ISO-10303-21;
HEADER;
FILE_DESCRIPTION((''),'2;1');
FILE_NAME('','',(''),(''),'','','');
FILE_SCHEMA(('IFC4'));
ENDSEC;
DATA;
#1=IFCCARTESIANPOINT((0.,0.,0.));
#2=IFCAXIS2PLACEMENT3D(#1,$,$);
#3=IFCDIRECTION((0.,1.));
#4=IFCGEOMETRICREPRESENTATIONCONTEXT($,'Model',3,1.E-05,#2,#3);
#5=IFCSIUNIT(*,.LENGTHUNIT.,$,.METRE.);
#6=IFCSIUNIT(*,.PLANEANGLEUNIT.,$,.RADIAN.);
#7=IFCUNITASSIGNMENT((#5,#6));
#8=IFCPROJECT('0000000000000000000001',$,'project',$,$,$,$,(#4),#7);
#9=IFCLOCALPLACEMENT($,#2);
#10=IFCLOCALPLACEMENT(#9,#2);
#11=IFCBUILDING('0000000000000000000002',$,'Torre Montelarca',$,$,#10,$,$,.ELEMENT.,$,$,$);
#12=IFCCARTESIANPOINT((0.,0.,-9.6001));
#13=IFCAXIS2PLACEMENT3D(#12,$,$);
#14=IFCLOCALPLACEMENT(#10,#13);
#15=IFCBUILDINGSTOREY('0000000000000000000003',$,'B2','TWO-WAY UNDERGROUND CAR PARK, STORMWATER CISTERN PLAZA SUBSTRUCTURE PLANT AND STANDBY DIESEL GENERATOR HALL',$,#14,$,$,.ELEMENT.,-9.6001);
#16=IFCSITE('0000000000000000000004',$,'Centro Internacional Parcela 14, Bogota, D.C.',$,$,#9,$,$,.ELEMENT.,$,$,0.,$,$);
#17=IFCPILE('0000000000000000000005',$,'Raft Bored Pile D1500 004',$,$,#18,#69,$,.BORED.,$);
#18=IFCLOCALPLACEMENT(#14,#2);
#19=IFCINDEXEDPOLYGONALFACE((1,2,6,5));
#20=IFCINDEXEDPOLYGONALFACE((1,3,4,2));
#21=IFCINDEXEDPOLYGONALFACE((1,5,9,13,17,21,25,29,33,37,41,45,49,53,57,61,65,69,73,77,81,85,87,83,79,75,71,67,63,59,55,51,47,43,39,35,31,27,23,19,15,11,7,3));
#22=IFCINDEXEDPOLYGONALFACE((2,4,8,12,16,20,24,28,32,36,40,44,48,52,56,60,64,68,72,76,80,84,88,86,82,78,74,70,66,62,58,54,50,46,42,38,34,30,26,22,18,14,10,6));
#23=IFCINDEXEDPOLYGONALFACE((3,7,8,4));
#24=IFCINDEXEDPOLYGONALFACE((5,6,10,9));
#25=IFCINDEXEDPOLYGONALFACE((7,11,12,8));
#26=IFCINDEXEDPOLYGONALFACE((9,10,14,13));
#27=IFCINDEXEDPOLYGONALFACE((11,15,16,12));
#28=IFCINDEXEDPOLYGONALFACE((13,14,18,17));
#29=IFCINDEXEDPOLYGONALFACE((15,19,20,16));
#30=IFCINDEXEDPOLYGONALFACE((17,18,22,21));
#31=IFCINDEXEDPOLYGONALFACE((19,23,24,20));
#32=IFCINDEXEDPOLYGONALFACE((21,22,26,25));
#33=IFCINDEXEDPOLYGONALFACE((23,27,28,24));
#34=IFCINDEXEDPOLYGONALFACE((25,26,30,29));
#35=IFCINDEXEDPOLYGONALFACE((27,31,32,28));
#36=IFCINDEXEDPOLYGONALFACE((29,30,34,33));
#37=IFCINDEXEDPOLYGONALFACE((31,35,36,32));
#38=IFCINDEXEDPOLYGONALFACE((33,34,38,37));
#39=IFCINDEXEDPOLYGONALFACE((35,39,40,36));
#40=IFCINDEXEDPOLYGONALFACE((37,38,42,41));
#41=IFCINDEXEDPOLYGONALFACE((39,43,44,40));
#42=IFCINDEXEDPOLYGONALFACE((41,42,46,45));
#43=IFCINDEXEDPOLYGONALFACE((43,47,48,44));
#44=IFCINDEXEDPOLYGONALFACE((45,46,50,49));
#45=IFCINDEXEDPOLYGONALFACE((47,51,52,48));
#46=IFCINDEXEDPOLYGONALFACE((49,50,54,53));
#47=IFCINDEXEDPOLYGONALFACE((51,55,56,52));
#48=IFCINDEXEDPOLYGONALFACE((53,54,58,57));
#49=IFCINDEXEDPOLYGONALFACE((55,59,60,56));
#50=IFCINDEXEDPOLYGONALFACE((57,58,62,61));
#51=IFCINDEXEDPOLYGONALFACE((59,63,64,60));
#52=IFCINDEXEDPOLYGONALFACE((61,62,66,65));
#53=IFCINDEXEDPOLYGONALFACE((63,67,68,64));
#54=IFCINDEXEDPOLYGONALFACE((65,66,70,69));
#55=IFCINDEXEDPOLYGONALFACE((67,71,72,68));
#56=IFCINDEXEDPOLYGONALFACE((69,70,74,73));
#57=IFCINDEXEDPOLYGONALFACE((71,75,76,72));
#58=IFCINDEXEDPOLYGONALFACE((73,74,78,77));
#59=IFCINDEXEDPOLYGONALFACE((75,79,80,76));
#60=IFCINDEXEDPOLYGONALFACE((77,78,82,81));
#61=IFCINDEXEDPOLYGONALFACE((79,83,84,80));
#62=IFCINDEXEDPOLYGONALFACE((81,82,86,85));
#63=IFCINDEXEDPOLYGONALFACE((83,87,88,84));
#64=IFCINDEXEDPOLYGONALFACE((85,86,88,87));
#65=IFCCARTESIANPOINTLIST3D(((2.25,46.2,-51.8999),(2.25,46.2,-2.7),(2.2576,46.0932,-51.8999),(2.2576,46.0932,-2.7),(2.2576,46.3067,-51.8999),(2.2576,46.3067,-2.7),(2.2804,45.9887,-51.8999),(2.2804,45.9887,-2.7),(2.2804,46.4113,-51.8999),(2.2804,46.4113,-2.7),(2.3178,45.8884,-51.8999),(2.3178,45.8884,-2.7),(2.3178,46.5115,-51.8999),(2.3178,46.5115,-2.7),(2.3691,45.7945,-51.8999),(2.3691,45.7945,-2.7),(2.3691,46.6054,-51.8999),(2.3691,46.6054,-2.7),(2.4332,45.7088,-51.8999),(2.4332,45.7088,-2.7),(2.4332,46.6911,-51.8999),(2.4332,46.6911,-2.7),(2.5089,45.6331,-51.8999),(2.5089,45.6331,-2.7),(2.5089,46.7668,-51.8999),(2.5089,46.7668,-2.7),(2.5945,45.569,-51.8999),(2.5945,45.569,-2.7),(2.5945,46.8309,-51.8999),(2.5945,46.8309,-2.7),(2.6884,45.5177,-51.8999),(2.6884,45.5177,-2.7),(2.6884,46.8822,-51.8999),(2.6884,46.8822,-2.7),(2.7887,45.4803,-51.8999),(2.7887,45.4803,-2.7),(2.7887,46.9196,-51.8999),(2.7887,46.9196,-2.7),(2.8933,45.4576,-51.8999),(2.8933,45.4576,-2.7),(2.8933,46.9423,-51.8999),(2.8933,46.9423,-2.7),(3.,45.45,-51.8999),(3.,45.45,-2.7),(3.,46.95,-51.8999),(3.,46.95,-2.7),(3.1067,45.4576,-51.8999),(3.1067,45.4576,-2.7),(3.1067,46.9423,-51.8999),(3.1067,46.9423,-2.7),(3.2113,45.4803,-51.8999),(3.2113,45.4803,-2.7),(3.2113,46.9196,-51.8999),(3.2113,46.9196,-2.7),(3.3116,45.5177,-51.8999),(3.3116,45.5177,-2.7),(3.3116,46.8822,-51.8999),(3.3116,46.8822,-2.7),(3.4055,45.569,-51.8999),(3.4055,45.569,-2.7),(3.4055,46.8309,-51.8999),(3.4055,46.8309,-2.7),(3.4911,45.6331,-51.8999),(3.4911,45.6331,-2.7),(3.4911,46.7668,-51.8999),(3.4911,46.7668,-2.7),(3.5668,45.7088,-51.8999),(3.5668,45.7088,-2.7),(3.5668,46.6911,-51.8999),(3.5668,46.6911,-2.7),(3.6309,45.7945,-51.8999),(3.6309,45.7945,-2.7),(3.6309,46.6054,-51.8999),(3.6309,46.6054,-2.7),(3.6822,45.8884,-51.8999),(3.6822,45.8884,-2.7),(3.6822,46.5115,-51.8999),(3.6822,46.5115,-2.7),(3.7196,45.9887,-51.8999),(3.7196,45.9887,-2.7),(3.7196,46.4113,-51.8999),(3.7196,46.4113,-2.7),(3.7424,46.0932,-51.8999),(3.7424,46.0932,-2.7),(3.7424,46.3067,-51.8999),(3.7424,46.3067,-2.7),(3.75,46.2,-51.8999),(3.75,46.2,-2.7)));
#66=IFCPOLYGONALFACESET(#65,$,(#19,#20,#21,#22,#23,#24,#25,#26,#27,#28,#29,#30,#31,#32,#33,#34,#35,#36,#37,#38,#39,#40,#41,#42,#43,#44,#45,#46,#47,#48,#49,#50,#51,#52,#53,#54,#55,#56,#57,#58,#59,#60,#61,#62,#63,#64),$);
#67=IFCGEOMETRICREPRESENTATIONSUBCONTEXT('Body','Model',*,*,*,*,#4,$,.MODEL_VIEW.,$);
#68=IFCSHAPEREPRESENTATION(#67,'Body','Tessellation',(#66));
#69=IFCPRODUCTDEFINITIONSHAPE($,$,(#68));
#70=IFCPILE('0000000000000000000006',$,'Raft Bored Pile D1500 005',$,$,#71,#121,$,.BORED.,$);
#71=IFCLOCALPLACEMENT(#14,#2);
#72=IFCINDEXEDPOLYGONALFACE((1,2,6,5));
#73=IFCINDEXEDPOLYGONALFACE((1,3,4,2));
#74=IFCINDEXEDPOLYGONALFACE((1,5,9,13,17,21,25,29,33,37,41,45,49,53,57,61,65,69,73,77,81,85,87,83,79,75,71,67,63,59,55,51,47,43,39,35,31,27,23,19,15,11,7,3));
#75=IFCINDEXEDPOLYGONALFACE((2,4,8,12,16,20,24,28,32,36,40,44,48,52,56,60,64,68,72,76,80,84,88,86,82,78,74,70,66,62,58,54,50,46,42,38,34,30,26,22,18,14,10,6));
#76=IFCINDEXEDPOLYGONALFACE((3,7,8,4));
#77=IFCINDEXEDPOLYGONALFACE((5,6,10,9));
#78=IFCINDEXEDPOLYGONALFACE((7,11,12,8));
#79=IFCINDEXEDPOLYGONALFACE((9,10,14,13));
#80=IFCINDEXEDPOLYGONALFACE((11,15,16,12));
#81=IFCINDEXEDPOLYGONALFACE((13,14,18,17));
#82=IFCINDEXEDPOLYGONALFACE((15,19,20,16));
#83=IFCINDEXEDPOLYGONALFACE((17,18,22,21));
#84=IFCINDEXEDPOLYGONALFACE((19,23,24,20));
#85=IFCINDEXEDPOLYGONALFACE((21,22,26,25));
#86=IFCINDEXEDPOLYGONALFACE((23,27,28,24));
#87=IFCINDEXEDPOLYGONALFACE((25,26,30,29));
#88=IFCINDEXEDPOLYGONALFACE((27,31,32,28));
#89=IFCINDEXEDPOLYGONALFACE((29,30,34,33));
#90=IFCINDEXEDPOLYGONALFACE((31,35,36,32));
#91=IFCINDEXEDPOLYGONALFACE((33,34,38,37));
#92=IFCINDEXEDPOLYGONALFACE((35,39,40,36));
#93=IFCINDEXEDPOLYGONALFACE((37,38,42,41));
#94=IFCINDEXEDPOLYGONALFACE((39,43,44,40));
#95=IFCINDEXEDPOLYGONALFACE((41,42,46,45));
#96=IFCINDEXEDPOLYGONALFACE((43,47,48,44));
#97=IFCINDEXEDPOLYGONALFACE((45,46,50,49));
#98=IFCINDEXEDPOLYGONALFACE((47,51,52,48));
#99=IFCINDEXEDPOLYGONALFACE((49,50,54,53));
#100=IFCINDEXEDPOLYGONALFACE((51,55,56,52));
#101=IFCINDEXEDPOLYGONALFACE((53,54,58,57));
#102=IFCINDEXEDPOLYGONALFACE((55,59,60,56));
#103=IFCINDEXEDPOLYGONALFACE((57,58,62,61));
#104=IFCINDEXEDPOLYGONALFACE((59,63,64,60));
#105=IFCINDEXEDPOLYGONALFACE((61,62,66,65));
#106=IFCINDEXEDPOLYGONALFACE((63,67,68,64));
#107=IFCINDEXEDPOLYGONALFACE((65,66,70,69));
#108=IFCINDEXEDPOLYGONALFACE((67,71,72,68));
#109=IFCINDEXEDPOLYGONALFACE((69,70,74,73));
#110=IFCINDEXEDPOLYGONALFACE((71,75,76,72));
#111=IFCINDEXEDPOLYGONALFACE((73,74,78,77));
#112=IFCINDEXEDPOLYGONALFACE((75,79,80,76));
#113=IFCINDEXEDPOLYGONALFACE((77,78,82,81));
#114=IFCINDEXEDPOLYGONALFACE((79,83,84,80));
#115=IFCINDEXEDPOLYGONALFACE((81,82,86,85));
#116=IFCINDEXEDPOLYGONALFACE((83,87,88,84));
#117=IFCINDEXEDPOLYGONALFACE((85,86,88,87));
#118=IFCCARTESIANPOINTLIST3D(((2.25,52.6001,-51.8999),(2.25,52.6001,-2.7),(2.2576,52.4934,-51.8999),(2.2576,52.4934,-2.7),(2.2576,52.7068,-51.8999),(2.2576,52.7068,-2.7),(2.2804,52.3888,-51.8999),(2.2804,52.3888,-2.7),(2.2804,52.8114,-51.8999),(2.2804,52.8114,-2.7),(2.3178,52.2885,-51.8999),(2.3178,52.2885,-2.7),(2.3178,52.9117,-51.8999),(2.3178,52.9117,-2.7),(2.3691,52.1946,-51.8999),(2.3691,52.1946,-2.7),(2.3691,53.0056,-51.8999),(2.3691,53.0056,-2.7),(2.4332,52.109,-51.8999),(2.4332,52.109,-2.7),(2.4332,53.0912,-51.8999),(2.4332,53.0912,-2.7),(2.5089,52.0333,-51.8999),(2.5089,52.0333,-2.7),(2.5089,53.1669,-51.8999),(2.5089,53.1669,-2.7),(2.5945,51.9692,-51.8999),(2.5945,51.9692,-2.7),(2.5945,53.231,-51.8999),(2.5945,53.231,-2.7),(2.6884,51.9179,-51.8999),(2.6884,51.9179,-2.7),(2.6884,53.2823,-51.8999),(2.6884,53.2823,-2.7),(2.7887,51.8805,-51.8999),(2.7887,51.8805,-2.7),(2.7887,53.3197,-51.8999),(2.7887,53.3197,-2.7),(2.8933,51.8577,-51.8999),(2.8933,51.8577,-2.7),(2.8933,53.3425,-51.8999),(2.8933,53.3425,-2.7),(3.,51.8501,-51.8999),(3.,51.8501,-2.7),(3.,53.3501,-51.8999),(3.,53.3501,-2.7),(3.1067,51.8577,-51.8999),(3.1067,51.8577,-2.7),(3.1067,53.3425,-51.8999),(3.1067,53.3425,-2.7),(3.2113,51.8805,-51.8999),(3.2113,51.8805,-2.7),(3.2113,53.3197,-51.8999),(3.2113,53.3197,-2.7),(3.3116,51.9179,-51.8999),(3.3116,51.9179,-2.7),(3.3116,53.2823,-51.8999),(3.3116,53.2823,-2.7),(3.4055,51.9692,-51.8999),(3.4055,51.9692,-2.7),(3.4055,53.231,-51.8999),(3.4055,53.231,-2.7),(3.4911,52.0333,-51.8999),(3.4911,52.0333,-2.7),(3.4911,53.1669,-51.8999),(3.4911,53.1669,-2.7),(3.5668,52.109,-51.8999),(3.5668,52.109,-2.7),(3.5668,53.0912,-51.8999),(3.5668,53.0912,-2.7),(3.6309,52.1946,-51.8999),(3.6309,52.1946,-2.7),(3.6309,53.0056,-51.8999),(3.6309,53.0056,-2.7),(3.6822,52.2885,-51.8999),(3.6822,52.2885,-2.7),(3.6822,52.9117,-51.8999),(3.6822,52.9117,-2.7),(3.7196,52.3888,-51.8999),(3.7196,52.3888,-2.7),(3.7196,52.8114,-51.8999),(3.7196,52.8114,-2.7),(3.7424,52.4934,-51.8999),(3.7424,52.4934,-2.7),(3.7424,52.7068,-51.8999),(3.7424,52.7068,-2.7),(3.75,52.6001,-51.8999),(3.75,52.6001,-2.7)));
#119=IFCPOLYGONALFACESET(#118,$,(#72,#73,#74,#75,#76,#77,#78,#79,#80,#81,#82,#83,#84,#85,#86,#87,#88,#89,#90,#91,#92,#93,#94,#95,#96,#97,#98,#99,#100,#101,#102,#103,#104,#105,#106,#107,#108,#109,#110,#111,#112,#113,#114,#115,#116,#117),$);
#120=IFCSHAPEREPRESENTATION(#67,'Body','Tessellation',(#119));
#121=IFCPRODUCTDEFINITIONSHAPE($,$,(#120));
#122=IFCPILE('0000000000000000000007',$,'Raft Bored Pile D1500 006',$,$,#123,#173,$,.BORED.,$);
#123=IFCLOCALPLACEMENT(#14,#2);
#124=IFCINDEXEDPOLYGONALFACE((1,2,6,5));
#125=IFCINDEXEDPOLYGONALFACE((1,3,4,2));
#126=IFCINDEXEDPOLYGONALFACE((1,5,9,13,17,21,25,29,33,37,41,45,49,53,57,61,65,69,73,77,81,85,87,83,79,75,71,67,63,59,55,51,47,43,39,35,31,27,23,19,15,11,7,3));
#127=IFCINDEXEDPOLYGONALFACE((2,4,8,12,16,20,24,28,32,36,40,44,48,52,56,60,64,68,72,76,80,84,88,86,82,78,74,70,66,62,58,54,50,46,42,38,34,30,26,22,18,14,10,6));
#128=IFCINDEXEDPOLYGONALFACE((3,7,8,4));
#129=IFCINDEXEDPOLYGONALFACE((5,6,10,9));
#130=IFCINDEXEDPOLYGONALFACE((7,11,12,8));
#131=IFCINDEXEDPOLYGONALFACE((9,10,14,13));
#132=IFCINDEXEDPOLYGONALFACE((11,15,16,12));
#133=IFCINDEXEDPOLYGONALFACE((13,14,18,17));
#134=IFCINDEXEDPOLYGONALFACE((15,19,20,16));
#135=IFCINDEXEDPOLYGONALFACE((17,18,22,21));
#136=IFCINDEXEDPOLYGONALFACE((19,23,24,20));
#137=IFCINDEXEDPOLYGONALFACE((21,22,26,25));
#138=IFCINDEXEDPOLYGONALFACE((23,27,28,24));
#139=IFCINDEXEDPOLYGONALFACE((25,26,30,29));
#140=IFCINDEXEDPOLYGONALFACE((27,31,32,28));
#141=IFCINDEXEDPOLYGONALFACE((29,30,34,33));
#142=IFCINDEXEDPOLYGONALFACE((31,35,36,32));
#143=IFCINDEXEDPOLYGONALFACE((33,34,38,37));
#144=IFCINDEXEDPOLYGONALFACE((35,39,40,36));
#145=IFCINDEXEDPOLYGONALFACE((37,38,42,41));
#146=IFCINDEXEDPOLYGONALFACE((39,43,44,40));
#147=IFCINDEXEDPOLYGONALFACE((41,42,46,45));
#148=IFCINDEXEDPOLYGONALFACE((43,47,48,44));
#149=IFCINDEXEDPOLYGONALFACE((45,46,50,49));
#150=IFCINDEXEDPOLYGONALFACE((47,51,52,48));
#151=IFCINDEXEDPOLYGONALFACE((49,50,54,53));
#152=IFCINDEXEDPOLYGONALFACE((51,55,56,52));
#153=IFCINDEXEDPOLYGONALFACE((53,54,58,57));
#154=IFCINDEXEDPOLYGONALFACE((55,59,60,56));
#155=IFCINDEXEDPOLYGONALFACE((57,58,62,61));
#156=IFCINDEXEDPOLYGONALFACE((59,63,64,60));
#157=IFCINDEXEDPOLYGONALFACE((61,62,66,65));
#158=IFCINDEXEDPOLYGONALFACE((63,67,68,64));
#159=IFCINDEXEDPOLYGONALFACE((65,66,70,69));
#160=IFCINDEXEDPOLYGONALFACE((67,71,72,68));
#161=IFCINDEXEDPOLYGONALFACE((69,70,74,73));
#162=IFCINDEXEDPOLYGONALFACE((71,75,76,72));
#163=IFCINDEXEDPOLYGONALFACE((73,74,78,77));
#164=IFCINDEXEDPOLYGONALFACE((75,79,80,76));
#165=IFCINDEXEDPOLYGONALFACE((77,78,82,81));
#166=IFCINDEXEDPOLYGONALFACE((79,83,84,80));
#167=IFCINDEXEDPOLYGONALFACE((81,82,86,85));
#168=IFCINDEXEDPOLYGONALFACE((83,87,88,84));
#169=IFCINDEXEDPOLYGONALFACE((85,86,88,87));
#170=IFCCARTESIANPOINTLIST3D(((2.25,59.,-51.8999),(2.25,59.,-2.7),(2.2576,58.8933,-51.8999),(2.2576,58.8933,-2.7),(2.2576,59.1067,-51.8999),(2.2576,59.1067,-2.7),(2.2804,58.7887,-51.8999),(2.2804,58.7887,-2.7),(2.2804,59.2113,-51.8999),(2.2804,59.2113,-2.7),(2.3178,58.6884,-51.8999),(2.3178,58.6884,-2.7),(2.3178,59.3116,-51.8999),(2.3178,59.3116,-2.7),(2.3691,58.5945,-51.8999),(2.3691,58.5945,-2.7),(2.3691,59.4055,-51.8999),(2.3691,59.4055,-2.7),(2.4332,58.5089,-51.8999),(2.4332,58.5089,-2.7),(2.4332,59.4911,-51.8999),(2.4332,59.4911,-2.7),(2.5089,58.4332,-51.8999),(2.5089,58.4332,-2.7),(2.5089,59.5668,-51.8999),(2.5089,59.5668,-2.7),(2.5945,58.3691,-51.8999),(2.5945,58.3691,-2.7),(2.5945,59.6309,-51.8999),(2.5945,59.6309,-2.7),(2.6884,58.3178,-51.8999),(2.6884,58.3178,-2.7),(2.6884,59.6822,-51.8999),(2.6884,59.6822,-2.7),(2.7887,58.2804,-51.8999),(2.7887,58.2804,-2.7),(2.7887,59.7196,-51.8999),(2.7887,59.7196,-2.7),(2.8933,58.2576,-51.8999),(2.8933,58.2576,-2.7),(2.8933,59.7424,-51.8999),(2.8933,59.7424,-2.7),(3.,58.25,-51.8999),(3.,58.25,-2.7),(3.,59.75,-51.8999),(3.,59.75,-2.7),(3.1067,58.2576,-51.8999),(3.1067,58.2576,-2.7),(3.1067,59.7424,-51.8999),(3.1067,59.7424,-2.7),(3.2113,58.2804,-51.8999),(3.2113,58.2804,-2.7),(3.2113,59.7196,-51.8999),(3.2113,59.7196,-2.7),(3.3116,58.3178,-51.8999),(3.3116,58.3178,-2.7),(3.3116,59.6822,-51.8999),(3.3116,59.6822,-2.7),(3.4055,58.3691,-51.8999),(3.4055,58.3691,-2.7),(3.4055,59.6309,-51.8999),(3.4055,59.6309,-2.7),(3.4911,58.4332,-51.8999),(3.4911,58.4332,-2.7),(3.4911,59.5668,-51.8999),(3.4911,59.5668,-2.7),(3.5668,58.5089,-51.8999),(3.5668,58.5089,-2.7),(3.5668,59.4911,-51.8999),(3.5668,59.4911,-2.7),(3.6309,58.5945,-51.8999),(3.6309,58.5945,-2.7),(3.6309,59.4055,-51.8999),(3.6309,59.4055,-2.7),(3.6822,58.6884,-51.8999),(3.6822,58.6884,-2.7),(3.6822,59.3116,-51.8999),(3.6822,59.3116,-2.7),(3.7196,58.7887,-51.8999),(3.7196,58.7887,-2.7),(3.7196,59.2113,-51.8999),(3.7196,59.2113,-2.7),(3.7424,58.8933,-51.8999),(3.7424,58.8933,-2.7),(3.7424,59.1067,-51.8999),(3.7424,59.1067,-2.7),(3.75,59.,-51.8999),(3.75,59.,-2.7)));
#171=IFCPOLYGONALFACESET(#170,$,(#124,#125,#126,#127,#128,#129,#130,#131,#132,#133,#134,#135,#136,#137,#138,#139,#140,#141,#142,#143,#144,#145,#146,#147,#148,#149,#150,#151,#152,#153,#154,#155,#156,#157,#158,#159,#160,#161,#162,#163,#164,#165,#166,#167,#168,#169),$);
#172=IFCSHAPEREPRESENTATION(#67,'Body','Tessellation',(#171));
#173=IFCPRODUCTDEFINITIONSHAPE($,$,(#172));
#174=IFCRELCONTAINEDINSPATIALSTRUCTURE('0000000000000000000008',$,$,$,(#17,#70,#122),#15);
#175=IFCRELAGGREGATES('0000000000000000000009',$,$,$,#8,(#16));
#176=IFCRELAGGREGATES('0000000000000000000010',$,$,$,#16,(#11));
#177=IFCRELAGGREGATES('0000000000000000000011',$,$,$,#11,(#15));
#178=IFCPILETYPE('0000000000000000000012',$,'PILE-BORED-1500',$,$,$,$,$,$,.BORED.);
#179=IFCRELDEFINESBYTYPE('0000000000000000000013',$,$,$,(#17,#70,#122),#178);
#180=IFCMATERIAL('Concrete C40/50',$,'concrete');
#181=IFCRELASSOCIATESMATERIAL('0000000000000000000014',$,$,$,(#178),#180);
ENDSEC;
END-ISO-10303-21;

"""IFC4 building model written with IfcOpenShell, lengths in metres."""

from ifc_helpers import new_model, si_unit, direction, frame, origin, origin_2d, place, context, subcontext, project, spatial, circle, extrude, source, transform, mapped, material, material_profile, profile_set, type_object, element, save


model = new_model("IFC4")

# Units and contexts
model_context = context("Model", 3, precision=1e-05, world=origin(), true_north=direction((0.0, 1.0)))
body_context = subcontext(model_context, "Body", "Model", "MODEL_VIEW")
ifc_project = project(units=[si_unit("LENGTHUNIT", "METRE"), si_unit("PLANEANGLEUNIT", "RADIAN")], contexts=[model_context])

# Site, building, storey
site_placement = place(None, origin())
site = spatial("IfcSite", under=ifc_project, at=site_placement, Name="Centro Internacional Parcela 14, Bogota, D.C.", CompositionType="ELEMENT", RefElevation=0.0)
building_placement = place(site_placement, origin())
building = spatial("IfcBuilding", under=site, at=building_placement, Name="Torre Montelarca", CompositionType="ELEMENT")
storey_placement = place(building_placement, frame((0.0, 0.0, -9.6001)))
storey = spatial("IfcBuildingStorey", under=building, at=storey_placement, Name="B2", Description="TWO-WAY UNDERGROUND CAR PARK, STORMWATER CISTERN PLAZA SUBSTRUCTURE PLANT AND STANDBY DIESEL GENERATOR HALL", CompositionType="ELEMENT", Elevation=-9.6001)

# Piles
ifc_material_1 = material(Name="Concrete C40/50", Category="concrete")
ifc_material_profile_1 = material_profile(ifc_material_1, circle(Radius=0.75, at=origin_2d()), Name="PILE-D1500", Category="concrete")
ifc_profile_set_1 = profile_set([ifc_material_profile_1], Name="Concrete C40/50")
pile_type = type_object("IfcPileType", Name="PILE-BORED-1500", PredefinedType="BORED", material=ifc_profile_set_1)
shared_shape_1 = source(origin(), body_context, "Body", "SweptSolid", [
    extrude(circle(Radius=0.75, at=origin_2d()), origin(), (0.0, 0.0, 1.0), 49.2),
])
for number, where, z_axis, x_axis, name in (
    (1, (3.0, 46.2, -2.7), (0.0, 0.0, -1.0), (1.0, 0.0, 0.0), "Raft Bored Pile D1500 004"),
    (2, (3.0, 52.6001, -2.7), (0.0, 0.0, -1.0), (1.0, 0.0, 0.0), "Raft Bored Pile D1500 005"),
    (3, (3.0, 59.0, -2.7), (0.0, 0.0, -1.0), (1.0, 0.0, 0.0), "Raft Bored Pile D1500 006"),
):
    element("IfcPile", number, at=place(storey_placement, frame(where, z_axis=z_axis, x_axis=x_axis)), inside=storey, type_object=pile_type, Name=name, PredefinedType="BORED", context=body_context, shape_type="MappedRepresentation", body=[
        mapped(shared_shape_1, transform((0.0, 0.0, 0.0), scale=1.0)),
    ])

save(model, "model.ifc")
